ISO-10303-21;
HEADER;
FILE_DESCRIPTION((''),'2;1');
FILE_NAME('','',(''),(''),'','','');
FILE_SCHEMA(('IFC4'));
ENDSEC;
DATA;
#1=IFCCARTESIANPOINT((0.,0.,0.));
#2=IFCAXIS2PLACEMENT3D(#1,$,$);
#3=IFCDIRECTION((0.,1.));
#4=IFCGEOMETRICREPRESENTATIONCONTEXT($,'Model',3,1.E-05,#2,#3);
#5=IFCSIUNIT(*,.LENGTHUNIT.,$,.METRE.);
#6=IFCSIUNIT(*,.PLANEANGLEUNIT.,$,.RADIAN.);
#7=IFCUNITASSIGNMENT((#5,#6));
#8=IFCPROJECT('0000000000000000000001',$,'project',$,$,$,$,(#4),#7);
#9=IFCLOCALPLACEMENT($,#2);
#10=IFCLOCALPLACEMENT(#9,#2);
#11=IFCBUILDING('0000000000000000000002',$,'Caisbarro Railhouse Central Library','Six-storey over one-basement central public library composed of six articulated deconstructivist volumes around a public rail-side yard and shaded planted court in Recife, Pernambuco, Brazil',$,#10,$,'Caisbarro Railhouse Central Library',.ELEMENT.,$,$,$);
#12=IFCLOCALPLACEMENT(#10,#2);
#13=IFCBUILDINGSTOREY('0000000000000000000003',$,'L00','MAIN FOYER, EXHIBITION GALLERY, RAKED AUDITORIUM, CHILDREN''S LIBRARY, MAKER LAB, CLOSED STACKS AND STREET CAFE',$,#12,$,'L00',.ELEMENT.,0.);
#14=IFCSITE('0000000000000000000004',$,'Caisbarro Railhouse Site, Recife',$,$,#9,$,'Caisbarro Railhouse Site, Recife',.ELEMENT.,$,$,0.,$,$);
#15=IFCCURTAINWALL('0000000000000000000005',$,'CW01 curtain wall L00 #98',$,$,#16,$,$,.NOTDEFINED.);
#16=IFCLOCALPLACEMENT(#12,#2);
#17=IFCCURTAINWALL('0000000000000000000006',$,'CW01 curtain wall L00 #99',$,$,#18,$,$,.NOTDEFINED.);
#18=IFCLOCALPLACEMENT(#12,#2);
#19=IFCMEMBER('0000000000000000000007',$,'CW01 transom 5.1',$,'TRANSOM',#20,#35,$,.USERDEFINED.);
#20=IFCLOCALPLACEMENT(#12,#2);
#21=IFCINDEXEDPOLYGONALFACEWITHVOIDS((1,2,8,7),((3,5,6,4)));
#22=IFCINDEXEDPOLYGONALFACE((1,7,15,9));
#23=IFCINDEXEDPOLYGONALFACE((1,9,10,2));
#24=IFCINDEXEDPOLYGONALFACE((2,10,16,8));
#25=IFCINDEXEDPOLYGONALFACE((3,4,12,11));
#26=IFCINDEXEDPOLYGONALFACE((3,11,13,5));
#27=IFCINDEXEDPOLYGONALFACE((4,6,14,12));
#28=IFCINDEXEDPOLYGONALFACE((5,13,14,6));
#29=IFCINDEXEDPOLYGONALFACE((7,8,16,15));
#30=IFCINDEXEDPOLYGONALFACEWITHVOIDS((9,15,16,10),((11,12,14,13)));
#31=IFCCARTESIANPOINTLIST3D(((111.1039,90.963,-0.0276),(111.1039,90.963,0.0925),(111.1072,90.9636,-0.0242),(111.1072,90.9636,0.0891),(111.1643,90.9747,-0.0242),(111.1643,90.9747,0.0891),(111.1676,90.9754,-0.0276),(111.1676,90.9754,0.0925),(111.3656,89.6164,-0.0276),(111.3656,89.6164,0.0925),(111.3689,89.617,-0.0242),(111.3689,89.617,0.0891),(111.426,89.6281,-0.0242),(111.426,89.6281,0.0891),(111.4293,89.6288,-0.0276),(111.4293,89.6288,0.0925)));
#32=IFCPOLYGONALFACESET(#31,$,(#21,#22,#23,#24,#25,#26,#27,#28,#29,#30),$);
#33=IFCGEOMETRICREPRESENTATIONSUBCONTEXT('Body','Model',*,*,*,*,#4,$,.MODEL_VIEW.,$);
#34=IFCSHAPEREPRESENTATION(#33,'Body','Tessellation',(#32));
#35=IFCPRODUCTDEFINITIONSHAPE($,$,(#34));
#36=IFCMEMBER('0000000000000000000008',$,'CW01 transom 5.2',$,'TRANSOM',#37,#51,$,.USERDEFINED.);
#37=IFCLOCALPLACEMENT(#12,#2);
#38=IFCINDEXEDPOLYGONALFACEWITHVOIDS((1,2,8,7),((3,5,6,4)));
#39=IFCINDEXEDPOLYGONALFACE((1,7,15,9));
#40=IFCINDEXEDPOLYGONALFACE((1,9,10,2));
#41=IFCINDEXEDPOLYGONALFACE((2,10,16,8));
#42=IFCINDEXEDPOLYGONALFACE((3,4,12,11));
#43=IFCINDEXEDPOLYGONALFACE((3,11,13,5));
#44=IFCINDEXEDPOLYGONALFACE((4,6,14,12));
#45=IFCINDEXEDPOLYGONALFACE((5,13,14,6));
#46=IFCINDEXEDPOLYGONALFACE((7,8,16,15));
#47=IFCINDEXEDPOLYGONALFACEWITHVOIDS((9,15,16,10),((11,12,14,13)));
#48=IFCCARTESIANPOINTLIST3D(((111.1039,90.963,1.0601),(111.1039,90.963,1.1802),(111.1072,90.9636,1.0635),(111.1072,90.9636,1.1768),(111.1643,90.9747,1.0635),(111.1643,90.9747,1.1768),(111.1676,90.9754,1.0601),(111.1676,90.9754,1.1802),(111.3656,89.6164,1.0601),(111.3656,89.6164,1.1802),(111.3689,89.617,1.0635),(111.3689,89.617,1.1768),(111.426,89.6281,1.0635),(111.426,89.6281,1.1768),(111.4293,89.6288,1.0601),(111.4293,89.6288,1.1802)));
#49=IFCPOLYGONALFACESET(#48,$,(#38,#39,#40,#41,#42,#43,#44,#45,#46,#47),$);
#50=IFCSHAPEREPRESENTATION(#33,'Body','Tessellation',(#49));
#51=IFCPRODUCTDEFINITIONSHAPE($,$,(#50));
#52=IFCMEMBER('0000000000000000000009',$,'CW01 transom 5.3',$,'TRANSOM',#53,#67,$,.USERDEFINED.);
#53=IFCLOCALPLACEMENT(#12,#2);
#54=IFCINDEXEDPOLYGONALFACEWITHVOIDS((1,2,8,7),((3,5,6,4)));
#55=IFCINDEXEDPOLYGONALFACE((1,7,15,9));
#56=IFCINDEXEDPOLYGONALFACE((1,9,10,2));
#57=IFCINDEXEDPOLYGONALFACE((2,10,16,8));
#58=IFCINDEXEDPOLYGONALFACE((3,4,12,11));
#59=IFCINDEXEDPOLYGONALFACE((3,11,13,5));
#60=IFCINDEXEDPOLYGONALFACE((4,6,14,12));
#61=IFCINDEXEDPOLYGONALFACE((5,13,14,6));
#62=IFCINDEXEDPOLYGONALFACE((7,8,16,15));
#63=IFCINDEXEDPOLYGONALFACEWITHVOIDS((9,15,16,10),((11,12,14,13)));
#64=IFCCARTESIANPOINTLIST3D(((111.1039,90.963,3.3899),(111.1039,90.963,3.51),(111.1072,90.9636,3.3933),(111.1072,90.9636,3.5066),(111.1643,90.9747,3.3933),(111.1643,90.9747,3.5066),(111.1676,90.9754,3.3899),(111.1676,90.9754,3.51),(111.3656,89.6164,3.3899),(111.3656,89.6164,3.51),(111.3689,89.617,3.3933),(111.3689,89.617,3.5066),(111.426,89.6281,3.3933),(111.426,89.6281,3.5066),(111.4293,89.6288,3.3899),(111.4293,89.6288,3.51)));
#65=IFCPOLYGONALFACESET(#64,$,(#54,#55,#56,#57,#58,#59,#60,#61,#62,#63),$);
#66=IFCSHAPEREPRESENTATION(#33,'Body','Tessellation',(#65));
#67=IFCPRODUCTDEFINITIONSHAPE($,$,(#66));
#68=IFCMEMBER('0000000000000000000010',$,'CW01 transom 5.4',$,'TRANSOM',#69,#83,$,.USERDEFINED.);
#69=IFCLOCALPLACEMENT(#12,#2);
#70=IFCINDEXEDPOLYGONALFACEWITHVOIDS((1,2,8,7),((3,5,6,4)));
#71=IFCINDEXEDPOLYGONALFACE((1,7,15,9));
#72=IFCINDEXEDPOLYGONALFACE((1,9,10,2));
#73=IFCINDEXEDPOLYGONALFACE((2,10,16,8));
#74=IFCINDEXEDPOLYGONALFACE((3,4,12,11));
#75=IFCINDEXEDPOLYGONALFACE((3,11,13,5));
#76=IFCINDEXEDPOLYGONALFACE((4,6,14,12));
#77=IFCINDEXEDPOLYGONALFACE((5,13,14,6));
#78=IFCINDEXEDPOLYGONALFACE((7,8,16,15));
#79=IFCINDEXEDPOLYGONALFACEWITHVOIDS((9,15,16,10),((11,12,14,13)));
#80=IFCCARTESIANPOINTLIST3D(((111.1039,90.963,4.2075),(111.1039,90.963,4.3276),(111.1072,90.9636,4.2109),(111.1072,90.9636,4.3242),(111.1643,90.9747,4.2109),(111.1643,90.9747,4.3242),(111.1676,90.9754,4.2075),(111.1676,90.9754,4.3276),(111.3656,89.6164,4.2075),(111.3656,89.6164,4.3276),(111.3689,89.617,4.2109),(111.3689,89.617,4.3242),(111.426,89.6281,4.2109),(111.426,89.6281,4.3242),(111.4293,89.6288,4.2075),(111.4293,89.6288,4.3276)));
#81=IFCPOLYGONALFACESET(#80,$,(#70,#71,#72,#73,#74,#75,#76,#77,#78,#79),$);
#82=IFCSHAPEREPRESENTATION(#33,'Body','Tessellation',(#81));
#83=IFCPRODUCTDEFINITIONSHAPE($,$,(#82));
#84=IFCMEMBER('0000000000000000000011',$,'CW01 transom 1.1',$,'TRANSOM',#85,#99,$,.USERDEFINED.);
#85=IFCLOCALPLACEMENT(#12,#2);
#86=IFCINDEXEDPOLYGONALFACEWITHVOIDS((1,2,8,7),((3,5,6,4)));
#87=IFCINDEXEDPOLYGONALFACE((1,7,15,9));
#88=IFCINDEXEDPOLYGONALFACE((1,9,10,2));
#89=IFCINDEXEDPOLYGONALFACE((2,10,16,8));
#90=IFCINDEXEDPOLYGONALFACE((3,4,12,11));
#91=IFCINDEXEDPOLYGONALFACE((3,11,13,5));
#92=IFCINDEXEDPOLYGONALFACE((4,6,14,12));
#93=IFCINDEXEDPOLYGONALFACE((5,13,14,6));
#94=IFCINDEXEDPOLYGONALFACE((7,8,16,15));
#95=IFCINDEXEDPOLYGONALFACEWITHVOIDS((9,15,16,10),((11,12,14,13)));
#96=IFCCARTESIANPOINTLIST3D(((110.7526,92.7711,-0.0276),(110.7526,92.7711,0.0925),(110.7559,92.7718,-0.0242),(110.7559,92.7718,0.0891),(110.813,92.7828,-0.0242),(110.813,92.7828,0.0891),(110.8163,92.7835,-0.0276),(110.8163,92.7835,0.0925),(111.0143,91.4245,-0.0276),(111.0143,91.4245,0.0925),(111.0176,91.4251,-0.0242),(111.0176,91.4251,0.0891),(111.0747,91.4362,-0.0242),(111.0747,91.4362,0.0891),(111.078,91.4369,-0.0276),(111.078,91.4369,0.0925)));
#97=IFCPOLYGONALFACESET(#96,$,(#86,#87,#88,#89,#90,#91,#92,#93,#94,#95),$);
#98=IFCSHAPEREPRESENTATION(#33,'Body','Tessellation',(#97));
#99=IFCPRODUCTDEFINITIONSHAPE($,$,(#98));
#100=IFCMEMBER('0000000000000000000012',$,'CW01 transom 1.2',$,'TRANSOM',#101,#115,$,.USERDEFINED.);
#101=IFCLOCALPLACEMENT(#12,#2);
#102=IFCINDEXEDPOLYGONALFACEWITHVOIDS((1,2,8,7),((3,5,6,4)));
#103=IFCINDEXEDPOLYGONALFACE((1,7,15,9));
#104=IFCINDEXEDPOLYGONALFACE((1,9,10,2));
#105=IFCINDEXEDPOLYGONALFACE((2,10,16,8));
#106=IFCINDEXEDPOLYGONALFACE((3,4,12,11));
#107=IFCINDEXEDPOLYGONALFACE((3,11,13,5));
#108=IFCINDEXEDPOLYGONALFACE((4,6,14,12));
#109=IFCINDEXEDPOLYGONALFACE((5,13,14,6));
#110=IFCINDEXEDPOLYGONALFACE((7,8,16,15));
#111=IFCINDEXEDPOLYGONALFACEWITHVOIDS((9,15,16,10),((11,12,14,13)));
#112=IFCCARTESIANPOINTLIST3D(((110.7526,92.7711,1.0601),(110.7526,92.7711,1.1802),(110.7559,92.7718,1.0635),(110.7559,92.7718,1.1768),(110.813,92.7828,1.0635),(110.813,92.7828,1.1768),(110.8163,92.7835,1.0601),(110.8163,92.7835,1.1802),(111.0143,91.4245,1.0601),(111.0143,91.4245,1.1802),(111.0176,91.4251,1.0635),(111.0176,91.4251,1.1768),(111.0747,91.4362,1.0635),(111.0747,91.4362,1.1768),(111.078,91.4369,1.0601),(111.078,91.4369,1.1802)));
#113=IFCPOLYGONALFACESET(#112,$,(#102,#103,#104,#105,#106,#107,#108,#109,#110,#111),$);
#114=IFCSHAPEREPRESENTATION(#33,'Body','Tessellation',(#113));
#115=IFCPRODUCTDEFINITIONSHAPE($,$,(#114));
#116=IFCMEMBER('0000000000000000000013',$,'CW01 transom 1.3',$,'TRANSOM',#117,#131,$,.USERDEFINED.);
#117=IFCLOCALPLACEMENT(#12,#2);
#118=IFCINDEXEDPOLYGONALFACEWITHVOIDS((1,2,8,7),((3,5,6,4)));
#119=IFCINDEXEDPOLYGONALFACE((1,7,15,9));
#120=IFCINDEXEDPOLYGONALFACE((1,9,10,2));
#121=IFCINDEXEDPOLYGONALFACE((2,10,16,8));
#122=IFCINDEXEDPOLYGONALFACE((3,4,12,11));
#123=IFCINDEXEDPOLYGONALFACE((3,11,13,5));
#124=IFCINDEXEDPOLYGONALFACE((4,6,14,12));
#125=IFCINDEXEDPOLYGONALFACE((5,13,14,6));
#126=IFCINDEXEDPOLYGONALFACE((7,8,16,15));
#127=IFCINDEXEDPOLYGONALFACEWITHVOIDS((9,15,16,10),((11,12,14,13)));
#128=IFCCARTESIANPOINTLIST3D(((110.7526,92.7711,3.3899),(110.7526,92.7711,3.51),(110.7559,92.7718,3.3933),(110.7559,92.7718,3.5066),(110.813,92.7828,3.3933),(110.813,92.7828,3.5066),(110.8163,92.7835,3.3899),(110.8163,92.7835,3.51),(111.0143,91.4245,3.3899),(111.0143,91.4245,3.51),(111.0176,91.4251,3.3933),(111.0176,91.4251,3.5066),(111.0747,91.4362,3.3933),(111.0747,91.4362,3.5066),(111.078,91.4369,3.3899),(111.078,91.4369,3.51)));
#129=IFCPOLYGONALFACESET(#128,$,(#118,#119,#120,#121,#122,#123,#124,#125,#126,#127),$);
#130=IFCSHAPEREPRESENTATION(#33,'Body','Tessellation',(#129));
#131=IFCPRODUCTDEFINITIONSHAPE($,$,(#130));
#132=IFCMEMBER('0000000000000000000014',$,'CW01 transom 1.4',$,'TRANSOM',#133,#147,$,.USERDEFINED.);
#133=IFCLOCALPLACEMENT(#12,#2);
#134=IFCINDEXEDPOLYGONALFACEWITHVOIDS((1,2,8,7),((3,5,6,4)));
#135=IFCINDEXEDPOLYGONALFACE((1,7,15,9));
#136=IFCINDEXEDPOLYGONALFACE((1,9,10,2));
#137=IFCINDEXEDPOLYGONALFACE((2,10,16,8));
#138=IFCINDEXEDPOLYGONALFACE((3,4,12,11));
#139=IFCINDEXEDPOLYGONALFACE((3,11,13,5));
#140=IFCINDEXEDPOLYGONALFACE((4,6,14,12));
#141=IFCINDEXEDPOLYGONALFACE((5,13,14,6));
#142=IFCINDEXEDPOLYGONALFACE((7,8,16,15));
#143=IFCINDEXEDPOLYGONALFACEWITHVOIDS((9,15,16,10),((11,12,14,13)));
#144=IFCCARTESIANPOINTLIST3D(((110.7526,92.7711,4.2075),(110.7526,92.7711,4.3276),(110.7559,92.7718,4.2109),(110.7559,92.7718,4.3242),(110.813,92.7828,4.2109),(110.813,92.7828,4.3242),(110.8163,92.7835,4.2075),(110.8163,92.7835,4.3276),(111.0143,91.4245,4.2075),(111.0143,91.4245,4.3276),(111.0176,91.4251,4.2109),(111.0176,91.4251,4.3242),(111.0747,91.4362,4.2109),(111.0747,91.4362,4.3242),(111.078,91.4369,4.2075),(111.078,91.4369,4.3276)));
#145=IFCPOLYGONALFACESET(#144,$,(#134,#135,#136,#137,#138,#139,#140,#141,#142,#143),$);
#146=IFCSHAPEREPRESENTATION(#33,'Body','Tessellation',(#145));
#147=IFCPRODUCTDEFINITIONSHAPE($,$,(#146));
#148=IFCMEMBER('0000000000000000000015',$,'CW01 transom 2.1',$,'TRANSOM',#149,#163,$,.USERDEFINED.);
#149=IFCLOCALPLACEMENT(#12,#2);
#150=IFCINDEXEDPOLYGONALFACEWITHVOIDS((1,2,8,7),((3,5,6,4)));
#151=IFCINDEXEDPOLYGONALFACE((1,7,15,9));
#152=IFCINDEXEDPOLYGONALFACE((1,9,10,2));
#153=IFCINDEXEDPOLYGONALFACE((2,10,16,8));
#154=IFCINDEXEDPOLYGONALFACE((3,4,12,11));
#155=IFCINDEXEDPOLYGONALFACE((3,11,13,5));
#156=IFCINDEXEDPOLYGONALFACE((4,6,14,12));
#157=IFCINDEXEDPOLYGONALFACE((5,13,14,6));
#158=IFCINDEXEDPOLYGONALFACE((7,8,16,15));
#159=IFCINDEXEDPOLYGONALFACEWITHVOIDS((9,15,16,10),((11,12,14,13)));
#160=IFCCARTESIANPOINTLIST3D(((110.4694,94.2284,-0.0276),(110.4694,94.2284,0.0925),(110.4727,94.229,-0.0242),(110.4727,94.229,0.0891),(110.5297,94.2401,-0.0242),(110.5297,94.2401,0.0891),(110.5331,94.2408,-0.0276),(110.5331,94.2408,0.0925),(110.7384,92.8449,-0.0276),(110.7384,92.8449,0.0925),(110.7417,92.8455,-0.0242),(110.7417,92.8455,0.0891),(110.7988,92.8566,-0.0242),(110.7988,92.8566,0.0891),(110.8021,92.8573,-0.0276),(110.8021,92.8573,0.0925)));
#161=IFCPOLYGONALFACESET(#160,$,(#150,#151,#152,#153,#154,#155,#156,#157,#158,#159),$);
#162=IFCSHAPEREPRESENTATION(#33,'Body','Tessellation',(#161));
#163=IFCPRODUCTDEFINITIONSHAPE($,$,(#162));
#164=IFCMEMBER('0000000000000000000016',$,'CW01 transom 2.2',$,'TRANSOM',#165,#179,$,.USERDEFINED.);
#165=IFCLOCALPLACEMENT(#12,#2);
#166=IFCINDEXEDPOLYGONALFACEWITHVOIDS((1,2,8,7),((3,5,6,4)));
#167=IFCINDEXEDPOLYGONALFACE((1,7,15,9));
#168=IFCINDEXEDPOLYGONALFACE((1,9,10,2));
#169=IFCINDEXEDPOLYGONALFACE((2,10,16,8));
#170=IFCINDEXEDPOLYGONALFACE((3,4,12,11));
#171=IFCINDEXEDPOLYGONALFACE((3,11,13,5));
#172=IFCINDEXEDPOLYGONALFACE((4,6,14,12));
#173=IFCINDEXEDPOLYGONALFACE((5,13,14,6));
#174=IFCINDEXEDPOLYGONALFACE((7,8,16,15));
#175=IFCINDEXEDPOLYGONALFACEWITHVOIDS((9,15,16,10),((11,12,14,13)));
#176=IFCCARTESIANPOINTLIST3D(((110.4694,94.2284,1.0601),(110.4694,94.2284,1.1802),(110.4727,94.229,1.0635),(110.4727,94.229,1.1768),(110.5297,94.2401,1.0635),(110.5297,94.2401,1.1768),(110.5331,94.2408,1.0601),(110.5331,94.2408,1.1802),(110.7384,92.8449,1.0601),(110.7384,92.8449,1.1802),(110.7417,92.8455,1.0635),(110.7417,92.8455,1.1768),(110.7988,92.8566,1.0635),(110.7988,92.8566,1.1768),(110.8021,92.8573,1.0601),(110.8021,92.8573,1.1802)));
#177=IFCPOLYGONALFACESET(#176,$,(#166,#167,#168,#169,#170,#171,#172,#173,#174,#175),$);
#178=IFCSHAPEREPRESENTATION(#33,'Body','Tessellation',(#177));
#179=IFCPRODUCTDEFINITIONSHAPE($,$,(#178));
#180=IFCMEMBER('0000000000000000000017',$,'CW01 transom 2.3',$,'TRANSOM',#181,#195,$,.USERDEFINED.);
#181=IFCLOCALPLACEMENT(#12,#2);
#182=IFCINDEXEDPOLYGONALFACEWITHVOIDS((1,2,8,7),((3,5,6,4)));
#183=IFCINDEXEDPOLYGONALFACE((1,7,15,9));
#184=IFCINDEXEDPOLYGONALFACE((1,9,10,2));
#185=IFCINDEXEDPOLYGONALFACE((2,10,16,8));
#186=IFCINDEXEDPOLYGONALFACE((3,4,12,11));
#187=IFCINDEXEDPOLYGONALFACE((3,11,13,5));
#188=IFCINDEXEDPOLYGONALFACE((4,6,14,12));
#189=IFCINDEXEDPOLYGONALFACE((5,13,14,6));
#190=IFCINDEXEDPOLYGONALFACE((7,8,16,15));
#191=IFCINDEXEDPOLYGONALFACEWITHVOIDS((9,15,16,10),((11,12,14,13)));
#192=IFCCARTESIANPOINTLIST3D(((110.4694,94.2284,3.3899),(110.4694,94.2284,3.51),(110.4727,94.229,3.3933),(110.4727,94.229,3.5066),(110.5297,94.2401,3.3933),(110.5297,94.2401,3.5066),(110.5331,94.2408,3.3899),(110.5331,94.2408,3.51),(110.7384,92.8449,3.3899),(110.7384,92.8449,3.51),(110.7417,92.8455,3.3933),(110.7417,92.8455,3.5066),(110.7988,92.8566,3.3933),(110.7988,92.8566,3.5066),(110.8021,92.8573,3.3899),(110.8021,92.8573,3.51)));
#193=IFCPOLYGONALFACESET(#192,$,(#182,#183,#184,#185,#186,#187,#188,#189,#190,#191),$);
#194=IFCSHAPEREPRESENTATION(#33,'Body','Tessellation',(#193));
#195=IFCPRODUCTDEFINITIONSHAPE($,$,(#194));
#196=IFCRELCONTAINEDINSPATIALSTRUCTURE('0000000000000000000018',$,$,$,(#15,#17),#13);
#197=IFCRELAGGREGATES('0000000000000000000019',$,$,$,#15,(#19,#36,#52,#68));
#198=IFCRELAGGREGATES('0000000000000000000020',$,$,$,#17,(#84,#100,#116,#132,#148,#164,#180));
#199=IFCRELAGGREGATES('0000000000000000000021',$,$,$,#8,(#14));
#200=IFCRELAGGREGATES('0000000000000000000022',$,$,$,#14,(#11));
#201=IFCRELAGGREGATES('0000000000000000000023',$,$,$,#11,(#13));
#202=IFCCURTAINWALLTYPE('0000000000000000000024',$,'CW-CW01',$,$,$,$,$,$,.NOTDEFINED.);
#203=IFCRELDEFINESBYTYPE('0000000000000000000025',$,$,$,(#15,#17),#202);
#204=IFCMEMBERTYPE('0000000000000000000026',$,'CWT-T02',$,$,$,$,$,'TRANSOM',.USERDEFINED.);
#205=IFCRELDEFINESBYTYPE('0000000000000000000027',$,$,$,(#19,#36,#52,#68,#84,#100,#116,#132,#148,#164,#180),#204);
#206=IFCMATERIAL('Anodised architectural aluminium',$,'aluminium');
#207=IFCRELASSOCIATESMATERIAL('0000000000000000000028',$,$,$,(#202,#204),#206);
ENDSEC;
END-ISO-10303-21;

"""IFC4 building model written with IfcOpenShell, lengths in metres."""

from ifc_helpers import new_model, si_unit, direction, frame, origin, origin_2d, place, context, subcontext, project, spatial, hollow_rectangle, extrude, material, material_profile, profile_set, type_object, element, aggregate, save


model = new_model("IFC4")

# Units and contexts
model_context = context("Model", 3, precision=1e-05, world=origin(), true_north=direction((0.0, 1.0)))
body_context = subcontext(model_context, "Body", "Model", "MODEL_VIEW")
ifc_project = project(units=[si_unit("LENGTHUNIT", "METRE"), si_unit("PLANEANGLEUNIT", "RADIAN")], contexts=[model_context])

# Site, building, storey
site_placement = place(None, origin())
site = spatial("IfcSite", under=ifc_project, at=site_placement, Name="Caisbarro Railhouse Site, Recife", LongName="Caisbarro Railhouse Site, Recife", CompositionType="ELEMENT", RefElevation=0.0)
building_placement = place(site_placement, origin())
building = spatial("IfcBuilding", under=site, at=building_placement, Name="Caisbarro Railhouse Central Library", Description="Six-storey over one-basement central public library composed of six articulated deconstructivist volumes around a public rail-side yard and shaded planted court in Recife, Pernambuco, Brazil", LongName="Caisbarro Railhouse Central Library", CompositionType="ELEMENT")
storey_placement = place(building_placement, origin())
storey = spatial("IfcBuildingStorey", under=building, at=storey_placement, Name="L00", Description="MAIN FOYER, EXHIBITION GALLERY, RAKED AUDITORIUM, CHILDREN'S LIBRARY, MAKER LAB, CLOSED STACKS AND STREET CAFE", LongName="L00", CompositionType="ELEMENT", Elevation=0.0)

# Curtain wall
ifc_material_1 = material(Name="Anodised architectural aluminium", Category="aluminium")
curtain_wall_type = type_object("IfcCurtainWallType", Name="CW-CW01", PredefinedType="NOTDEFINED", material=ifc_material_1)
curtain_wall_1_placement = place(storey_placement, origin())
curtain_wall_1 = element("IfcCurtainWall", 1, at=curtain_wall_1_placement, inside=storey, type_object=curtain_wall_type, Name="CW01 curtain wall L00 #98", PredefinedType="NOTDEFINED")

# Curtain wall
curtain_wall_2_placement = place(storey_placement, origin())
curtain_wall_2 = element("IfcCurtainWall", 2, at=curtain_wall_2_placement, inside=storey, type_object=curtain_wall_type, Name="CW01 curtain wall L00 #99", PredefinedType="NOTDEFINED")

# Members
ifc_material_profile_1 = material_profile(ifc_material_1, hollow_rectangle(XDim=0.0649, YDim=0.1201, WallThickness=0.0034, at=origin_2d()), Name="ALU-TRN-65X120")
ifc_profile_set_1 = profile_set([ifc_material_profile_1], Name="Anodised architectural aluminium")
member_type_1 = type_object("IfcMemberType", Name="CWT-T02", ElementType="TRANSOM", PredefinedType="USERDEFINED", material=ifc_profile_set_1)
member_1_placement = place(storey_placement, frame((111.3975, 89.6226, 0.0325), z_axis=(-0.190774, 0.981634, 0.0), x_axis=(-0.981634, -0.190774, 0.0)))
member_1 = element("IfcMember", 3, at=member_1_placement, type_object=member_type_1, Name="CW01 transom 5.1", ObjectType="TRANSOM", PredefinedType="USERDEFINED", context=body_context, shape_type="SweptSolid", body=[
    extrude(hollow_rectangle(XDim=0.0649, YDim=0.1201, WallThickness=0.0034, at=origin_2d()), origin(), (0.0, 0.0, 1.0), 1.3718),
])
member_2_placement = place(storey_placement, frame((111.3975, 89.6226, 1.1201), z_axis=(-0.190774, 0.981634, 0.0), x_axis=(-0.981634, -0.190774, 0.0)))
member_2 = element("IfcMember", 4, at=member_2_placement, type_object=member_type_1, Name="CW01 transom 5.2", ObjectType="TRANSOM", PredefinedType="USERDEFINED", context=body_context, shape_type="SweptSolid", body=[
    extrude(hollow_rectangle(XDim=0.0649, YDim=0.1201, WallThickness=0.0034, at=origin_2d()), origin(), (0.0, 0.0, 1.0), 1.3718),
])
member_3_placement = place(storey_placement, frame((111.3975, 89.6226, 3.45), z_axis=(-0.190774, 0.981634, 0.0), x_axis=(-0.981634, -0.190774, 0.0)))
member_3 = element("IfcMember", 5, at=member_3_placement, type_object=member_type_1, Name="CW01 transom 5.3", ObjectType="TRANSOM", PredefinedType="USERDEFINED", context=body_context, shape_type="SweptSolid", body=[
    extrude(hollow_rectangle(XDim=0.0649, YDim=0.1201, WallThickness=0.0034, at=origin_2d()), origin(), (0.0, 0.0, 1.0), 1.3718),
])
member_4_placement = place(storey_placement, frame((111.3975, 89.6226, 4.2676), z_axis=(-0.190774, 0.981634, 0.0), x_axis=(-0.981634, -0.190774, 0.0)))
member_4 = element("IfcMember", 6, at=member_4_placement, type_object=member_type_1, Name="CW01 transom 5.4", ObjectType="TRANSOM", PredefinedType="USERDEFINED", context=body_context, shape_type="SweptSolid", body=[
    extrude(hollow_rectangle(XDim=0.0649, YDim=0.1201, WallThickness=0.0034, at=origin_2d()), origin(), (0.0, 0.0, 1.0), 1.3718),
])
member_5_placement = place(storey_placement, frame((111.0461, 91.4307, 0.0325), z_axis=(-0.190774, 0.981634, 0.0), x_axis=(-0.981634, -0.190774, 0.0)))
member_5 = element("IfcMember", 7, at=member_5_placement, type_object=member_type_1, Name="CW01 transom 1.1", ObjectType="TRANSOM", PredefinedType="USERDEFINED", context=body_context, shape_type="SweptSolid", body=[
    extrude(hollow_rectangle(XDim=0.0649, YDim=0.1201, WallThickness=0.0034, at=origin_2d()), origin(), (0.0, 0.0, 1.0), 1.3718),
])
member_6_placement = place(storey_placement, frame((111.0461, 91.4307, 1.1201), z_axis=(-0.190774, 0.981634, 0.0), x_axis=(-0.981634, -0.190774, 0.0)))
member_6 = element("IfcMember", 8, at=member_6_placement, type_object=member_type_1, Name="CW01 transom 1.2", ObjectType="TRANSOM", PredefinedType="USERDEFINED", context=body_context, shape_type="SweptSolid", body=[
    extrude(hollow_rectangle(XDim=0.0649, YDim=0.1201, WallThickness=0.0034, at=origin_2d()), origin(), (0.0, 0.0, 1.0), 1.3718),
])
member_7_placement = place(storey_placement, frame((111.0461, 91.4307, 3.45), z_axis=(-0.190774, 0.981634, 0.0), x_axis=(-0.981634, -0.190774, 0.0)))
member_7 = element("IfcMember", 9, at=member_7_placement, type_object=member_type_1, Name="CW01 transom 1.3", ObjectType="TRANSOM", PredefinedType="USERDEFINED", context=body_context, shape_type="SweptSolid", body=[
    extrude(hollow_rectangle(XDim=0.0649, YDim=0.1201, WallThickness=0.0034, at=origin_2d()), origin(), (0.0, 0.0, 1.0), 1.3718),
])
member_8_placement = place(storey_placement, frame((111.0461, 91.4307, 4.2676), z_axis=(-0.190774, 0.981634, 0.0), x_axis=(-0.981634, -0.190774, 0.0)))
member_8 = element("IfcMember", 10, at=member_8_placement, type_object=member_type_1, Name="CW01 transom 1.4", ObjectType="TRANSOM", PredefinedType="USERDEFINED", context=body_context, shape_type="SweptSolid", body=[
    extrude(hollow_rectangle(XDim=0.0649, YDim=0.1201, WallThickness=0.0034, at=origin_2d()), origin(), (0.0, 0.0, 1.0), 1.3718),
])
member_9_placement = place(storey_placement, frame((110.7703, 92.8511, 0.0325), z_axis=(-0.190884, 0.981613, 0.0), x_axis=(-0.981613, -0.190884, 0.0)))
member_9 = element("IfcMember", 11, at=member_9_placement, type_object=member_type_1, Name="CW01 transom 2.1", ObjectType="TRANSOM", PredefinedType="USERDEFINED", context=body_context, shape_type="SweptSolid", body=[
    extrude(hollow_rectangle(XDim=0.0649, YDim=0.1201, WallThickness=0.0034, at=origin_2d()), origin(), (0.0, 0.0, 1.0), 1.4094),
])
member_10_placement = place(storey_placement, frame((110.7703, 92.8511, 1.1201), z_axis=(-0.190884, 0.981613, 0.0), x_axis=(-0.981613, -0.190884, 0.0)))
member_10 = element("IfcMember", 12, at=member_10_placement, type_object=member_type_1, Name="CW01 transom 2.2", ObjectType="TRANSOM", PredefinedType="USERDEFINED", context=body_context, shape_type="SweptSolid", body=[
    extrude(hollow_rectangle(XDim=0.0649, YDim=0.1201, WallThickness=0.0034, at=origin_2d()), origin(), (0.0, 0.0, 1.0), 1.4094),
])
member_11_placement = place(storey_placement, frame((110.7703, 92.8511, 3.45), z_axis=(-0.190884, 0.981613, 0.0), x_axis=(-0.981613, -0.190884, 0.0)))
member_11 = element("IfcMember", 13, at=member_11_placement, type_object=member_type_1, Name="CW01 transom 2.3", ObjectType="TRANSOM", PredefinedType="USERDEFINED", context=body_context, shape_type="SweptSolid", body=[
    extrude(hollow_rectangle(XDim=0.0649, YDim=0.1201, WallThickness=0.0034, at=origin_2d()), origin(), (0.0, 0.0, 1.0), 1.4094),
])

aggregate(curtain_wall_1, [member_1, member_2, member_3, member_4])
aggregate(curtain_wall_2, [member_5, member_6, member_7, member_8, member_9, member_10, member_11])

save(model, "model.ifc")
